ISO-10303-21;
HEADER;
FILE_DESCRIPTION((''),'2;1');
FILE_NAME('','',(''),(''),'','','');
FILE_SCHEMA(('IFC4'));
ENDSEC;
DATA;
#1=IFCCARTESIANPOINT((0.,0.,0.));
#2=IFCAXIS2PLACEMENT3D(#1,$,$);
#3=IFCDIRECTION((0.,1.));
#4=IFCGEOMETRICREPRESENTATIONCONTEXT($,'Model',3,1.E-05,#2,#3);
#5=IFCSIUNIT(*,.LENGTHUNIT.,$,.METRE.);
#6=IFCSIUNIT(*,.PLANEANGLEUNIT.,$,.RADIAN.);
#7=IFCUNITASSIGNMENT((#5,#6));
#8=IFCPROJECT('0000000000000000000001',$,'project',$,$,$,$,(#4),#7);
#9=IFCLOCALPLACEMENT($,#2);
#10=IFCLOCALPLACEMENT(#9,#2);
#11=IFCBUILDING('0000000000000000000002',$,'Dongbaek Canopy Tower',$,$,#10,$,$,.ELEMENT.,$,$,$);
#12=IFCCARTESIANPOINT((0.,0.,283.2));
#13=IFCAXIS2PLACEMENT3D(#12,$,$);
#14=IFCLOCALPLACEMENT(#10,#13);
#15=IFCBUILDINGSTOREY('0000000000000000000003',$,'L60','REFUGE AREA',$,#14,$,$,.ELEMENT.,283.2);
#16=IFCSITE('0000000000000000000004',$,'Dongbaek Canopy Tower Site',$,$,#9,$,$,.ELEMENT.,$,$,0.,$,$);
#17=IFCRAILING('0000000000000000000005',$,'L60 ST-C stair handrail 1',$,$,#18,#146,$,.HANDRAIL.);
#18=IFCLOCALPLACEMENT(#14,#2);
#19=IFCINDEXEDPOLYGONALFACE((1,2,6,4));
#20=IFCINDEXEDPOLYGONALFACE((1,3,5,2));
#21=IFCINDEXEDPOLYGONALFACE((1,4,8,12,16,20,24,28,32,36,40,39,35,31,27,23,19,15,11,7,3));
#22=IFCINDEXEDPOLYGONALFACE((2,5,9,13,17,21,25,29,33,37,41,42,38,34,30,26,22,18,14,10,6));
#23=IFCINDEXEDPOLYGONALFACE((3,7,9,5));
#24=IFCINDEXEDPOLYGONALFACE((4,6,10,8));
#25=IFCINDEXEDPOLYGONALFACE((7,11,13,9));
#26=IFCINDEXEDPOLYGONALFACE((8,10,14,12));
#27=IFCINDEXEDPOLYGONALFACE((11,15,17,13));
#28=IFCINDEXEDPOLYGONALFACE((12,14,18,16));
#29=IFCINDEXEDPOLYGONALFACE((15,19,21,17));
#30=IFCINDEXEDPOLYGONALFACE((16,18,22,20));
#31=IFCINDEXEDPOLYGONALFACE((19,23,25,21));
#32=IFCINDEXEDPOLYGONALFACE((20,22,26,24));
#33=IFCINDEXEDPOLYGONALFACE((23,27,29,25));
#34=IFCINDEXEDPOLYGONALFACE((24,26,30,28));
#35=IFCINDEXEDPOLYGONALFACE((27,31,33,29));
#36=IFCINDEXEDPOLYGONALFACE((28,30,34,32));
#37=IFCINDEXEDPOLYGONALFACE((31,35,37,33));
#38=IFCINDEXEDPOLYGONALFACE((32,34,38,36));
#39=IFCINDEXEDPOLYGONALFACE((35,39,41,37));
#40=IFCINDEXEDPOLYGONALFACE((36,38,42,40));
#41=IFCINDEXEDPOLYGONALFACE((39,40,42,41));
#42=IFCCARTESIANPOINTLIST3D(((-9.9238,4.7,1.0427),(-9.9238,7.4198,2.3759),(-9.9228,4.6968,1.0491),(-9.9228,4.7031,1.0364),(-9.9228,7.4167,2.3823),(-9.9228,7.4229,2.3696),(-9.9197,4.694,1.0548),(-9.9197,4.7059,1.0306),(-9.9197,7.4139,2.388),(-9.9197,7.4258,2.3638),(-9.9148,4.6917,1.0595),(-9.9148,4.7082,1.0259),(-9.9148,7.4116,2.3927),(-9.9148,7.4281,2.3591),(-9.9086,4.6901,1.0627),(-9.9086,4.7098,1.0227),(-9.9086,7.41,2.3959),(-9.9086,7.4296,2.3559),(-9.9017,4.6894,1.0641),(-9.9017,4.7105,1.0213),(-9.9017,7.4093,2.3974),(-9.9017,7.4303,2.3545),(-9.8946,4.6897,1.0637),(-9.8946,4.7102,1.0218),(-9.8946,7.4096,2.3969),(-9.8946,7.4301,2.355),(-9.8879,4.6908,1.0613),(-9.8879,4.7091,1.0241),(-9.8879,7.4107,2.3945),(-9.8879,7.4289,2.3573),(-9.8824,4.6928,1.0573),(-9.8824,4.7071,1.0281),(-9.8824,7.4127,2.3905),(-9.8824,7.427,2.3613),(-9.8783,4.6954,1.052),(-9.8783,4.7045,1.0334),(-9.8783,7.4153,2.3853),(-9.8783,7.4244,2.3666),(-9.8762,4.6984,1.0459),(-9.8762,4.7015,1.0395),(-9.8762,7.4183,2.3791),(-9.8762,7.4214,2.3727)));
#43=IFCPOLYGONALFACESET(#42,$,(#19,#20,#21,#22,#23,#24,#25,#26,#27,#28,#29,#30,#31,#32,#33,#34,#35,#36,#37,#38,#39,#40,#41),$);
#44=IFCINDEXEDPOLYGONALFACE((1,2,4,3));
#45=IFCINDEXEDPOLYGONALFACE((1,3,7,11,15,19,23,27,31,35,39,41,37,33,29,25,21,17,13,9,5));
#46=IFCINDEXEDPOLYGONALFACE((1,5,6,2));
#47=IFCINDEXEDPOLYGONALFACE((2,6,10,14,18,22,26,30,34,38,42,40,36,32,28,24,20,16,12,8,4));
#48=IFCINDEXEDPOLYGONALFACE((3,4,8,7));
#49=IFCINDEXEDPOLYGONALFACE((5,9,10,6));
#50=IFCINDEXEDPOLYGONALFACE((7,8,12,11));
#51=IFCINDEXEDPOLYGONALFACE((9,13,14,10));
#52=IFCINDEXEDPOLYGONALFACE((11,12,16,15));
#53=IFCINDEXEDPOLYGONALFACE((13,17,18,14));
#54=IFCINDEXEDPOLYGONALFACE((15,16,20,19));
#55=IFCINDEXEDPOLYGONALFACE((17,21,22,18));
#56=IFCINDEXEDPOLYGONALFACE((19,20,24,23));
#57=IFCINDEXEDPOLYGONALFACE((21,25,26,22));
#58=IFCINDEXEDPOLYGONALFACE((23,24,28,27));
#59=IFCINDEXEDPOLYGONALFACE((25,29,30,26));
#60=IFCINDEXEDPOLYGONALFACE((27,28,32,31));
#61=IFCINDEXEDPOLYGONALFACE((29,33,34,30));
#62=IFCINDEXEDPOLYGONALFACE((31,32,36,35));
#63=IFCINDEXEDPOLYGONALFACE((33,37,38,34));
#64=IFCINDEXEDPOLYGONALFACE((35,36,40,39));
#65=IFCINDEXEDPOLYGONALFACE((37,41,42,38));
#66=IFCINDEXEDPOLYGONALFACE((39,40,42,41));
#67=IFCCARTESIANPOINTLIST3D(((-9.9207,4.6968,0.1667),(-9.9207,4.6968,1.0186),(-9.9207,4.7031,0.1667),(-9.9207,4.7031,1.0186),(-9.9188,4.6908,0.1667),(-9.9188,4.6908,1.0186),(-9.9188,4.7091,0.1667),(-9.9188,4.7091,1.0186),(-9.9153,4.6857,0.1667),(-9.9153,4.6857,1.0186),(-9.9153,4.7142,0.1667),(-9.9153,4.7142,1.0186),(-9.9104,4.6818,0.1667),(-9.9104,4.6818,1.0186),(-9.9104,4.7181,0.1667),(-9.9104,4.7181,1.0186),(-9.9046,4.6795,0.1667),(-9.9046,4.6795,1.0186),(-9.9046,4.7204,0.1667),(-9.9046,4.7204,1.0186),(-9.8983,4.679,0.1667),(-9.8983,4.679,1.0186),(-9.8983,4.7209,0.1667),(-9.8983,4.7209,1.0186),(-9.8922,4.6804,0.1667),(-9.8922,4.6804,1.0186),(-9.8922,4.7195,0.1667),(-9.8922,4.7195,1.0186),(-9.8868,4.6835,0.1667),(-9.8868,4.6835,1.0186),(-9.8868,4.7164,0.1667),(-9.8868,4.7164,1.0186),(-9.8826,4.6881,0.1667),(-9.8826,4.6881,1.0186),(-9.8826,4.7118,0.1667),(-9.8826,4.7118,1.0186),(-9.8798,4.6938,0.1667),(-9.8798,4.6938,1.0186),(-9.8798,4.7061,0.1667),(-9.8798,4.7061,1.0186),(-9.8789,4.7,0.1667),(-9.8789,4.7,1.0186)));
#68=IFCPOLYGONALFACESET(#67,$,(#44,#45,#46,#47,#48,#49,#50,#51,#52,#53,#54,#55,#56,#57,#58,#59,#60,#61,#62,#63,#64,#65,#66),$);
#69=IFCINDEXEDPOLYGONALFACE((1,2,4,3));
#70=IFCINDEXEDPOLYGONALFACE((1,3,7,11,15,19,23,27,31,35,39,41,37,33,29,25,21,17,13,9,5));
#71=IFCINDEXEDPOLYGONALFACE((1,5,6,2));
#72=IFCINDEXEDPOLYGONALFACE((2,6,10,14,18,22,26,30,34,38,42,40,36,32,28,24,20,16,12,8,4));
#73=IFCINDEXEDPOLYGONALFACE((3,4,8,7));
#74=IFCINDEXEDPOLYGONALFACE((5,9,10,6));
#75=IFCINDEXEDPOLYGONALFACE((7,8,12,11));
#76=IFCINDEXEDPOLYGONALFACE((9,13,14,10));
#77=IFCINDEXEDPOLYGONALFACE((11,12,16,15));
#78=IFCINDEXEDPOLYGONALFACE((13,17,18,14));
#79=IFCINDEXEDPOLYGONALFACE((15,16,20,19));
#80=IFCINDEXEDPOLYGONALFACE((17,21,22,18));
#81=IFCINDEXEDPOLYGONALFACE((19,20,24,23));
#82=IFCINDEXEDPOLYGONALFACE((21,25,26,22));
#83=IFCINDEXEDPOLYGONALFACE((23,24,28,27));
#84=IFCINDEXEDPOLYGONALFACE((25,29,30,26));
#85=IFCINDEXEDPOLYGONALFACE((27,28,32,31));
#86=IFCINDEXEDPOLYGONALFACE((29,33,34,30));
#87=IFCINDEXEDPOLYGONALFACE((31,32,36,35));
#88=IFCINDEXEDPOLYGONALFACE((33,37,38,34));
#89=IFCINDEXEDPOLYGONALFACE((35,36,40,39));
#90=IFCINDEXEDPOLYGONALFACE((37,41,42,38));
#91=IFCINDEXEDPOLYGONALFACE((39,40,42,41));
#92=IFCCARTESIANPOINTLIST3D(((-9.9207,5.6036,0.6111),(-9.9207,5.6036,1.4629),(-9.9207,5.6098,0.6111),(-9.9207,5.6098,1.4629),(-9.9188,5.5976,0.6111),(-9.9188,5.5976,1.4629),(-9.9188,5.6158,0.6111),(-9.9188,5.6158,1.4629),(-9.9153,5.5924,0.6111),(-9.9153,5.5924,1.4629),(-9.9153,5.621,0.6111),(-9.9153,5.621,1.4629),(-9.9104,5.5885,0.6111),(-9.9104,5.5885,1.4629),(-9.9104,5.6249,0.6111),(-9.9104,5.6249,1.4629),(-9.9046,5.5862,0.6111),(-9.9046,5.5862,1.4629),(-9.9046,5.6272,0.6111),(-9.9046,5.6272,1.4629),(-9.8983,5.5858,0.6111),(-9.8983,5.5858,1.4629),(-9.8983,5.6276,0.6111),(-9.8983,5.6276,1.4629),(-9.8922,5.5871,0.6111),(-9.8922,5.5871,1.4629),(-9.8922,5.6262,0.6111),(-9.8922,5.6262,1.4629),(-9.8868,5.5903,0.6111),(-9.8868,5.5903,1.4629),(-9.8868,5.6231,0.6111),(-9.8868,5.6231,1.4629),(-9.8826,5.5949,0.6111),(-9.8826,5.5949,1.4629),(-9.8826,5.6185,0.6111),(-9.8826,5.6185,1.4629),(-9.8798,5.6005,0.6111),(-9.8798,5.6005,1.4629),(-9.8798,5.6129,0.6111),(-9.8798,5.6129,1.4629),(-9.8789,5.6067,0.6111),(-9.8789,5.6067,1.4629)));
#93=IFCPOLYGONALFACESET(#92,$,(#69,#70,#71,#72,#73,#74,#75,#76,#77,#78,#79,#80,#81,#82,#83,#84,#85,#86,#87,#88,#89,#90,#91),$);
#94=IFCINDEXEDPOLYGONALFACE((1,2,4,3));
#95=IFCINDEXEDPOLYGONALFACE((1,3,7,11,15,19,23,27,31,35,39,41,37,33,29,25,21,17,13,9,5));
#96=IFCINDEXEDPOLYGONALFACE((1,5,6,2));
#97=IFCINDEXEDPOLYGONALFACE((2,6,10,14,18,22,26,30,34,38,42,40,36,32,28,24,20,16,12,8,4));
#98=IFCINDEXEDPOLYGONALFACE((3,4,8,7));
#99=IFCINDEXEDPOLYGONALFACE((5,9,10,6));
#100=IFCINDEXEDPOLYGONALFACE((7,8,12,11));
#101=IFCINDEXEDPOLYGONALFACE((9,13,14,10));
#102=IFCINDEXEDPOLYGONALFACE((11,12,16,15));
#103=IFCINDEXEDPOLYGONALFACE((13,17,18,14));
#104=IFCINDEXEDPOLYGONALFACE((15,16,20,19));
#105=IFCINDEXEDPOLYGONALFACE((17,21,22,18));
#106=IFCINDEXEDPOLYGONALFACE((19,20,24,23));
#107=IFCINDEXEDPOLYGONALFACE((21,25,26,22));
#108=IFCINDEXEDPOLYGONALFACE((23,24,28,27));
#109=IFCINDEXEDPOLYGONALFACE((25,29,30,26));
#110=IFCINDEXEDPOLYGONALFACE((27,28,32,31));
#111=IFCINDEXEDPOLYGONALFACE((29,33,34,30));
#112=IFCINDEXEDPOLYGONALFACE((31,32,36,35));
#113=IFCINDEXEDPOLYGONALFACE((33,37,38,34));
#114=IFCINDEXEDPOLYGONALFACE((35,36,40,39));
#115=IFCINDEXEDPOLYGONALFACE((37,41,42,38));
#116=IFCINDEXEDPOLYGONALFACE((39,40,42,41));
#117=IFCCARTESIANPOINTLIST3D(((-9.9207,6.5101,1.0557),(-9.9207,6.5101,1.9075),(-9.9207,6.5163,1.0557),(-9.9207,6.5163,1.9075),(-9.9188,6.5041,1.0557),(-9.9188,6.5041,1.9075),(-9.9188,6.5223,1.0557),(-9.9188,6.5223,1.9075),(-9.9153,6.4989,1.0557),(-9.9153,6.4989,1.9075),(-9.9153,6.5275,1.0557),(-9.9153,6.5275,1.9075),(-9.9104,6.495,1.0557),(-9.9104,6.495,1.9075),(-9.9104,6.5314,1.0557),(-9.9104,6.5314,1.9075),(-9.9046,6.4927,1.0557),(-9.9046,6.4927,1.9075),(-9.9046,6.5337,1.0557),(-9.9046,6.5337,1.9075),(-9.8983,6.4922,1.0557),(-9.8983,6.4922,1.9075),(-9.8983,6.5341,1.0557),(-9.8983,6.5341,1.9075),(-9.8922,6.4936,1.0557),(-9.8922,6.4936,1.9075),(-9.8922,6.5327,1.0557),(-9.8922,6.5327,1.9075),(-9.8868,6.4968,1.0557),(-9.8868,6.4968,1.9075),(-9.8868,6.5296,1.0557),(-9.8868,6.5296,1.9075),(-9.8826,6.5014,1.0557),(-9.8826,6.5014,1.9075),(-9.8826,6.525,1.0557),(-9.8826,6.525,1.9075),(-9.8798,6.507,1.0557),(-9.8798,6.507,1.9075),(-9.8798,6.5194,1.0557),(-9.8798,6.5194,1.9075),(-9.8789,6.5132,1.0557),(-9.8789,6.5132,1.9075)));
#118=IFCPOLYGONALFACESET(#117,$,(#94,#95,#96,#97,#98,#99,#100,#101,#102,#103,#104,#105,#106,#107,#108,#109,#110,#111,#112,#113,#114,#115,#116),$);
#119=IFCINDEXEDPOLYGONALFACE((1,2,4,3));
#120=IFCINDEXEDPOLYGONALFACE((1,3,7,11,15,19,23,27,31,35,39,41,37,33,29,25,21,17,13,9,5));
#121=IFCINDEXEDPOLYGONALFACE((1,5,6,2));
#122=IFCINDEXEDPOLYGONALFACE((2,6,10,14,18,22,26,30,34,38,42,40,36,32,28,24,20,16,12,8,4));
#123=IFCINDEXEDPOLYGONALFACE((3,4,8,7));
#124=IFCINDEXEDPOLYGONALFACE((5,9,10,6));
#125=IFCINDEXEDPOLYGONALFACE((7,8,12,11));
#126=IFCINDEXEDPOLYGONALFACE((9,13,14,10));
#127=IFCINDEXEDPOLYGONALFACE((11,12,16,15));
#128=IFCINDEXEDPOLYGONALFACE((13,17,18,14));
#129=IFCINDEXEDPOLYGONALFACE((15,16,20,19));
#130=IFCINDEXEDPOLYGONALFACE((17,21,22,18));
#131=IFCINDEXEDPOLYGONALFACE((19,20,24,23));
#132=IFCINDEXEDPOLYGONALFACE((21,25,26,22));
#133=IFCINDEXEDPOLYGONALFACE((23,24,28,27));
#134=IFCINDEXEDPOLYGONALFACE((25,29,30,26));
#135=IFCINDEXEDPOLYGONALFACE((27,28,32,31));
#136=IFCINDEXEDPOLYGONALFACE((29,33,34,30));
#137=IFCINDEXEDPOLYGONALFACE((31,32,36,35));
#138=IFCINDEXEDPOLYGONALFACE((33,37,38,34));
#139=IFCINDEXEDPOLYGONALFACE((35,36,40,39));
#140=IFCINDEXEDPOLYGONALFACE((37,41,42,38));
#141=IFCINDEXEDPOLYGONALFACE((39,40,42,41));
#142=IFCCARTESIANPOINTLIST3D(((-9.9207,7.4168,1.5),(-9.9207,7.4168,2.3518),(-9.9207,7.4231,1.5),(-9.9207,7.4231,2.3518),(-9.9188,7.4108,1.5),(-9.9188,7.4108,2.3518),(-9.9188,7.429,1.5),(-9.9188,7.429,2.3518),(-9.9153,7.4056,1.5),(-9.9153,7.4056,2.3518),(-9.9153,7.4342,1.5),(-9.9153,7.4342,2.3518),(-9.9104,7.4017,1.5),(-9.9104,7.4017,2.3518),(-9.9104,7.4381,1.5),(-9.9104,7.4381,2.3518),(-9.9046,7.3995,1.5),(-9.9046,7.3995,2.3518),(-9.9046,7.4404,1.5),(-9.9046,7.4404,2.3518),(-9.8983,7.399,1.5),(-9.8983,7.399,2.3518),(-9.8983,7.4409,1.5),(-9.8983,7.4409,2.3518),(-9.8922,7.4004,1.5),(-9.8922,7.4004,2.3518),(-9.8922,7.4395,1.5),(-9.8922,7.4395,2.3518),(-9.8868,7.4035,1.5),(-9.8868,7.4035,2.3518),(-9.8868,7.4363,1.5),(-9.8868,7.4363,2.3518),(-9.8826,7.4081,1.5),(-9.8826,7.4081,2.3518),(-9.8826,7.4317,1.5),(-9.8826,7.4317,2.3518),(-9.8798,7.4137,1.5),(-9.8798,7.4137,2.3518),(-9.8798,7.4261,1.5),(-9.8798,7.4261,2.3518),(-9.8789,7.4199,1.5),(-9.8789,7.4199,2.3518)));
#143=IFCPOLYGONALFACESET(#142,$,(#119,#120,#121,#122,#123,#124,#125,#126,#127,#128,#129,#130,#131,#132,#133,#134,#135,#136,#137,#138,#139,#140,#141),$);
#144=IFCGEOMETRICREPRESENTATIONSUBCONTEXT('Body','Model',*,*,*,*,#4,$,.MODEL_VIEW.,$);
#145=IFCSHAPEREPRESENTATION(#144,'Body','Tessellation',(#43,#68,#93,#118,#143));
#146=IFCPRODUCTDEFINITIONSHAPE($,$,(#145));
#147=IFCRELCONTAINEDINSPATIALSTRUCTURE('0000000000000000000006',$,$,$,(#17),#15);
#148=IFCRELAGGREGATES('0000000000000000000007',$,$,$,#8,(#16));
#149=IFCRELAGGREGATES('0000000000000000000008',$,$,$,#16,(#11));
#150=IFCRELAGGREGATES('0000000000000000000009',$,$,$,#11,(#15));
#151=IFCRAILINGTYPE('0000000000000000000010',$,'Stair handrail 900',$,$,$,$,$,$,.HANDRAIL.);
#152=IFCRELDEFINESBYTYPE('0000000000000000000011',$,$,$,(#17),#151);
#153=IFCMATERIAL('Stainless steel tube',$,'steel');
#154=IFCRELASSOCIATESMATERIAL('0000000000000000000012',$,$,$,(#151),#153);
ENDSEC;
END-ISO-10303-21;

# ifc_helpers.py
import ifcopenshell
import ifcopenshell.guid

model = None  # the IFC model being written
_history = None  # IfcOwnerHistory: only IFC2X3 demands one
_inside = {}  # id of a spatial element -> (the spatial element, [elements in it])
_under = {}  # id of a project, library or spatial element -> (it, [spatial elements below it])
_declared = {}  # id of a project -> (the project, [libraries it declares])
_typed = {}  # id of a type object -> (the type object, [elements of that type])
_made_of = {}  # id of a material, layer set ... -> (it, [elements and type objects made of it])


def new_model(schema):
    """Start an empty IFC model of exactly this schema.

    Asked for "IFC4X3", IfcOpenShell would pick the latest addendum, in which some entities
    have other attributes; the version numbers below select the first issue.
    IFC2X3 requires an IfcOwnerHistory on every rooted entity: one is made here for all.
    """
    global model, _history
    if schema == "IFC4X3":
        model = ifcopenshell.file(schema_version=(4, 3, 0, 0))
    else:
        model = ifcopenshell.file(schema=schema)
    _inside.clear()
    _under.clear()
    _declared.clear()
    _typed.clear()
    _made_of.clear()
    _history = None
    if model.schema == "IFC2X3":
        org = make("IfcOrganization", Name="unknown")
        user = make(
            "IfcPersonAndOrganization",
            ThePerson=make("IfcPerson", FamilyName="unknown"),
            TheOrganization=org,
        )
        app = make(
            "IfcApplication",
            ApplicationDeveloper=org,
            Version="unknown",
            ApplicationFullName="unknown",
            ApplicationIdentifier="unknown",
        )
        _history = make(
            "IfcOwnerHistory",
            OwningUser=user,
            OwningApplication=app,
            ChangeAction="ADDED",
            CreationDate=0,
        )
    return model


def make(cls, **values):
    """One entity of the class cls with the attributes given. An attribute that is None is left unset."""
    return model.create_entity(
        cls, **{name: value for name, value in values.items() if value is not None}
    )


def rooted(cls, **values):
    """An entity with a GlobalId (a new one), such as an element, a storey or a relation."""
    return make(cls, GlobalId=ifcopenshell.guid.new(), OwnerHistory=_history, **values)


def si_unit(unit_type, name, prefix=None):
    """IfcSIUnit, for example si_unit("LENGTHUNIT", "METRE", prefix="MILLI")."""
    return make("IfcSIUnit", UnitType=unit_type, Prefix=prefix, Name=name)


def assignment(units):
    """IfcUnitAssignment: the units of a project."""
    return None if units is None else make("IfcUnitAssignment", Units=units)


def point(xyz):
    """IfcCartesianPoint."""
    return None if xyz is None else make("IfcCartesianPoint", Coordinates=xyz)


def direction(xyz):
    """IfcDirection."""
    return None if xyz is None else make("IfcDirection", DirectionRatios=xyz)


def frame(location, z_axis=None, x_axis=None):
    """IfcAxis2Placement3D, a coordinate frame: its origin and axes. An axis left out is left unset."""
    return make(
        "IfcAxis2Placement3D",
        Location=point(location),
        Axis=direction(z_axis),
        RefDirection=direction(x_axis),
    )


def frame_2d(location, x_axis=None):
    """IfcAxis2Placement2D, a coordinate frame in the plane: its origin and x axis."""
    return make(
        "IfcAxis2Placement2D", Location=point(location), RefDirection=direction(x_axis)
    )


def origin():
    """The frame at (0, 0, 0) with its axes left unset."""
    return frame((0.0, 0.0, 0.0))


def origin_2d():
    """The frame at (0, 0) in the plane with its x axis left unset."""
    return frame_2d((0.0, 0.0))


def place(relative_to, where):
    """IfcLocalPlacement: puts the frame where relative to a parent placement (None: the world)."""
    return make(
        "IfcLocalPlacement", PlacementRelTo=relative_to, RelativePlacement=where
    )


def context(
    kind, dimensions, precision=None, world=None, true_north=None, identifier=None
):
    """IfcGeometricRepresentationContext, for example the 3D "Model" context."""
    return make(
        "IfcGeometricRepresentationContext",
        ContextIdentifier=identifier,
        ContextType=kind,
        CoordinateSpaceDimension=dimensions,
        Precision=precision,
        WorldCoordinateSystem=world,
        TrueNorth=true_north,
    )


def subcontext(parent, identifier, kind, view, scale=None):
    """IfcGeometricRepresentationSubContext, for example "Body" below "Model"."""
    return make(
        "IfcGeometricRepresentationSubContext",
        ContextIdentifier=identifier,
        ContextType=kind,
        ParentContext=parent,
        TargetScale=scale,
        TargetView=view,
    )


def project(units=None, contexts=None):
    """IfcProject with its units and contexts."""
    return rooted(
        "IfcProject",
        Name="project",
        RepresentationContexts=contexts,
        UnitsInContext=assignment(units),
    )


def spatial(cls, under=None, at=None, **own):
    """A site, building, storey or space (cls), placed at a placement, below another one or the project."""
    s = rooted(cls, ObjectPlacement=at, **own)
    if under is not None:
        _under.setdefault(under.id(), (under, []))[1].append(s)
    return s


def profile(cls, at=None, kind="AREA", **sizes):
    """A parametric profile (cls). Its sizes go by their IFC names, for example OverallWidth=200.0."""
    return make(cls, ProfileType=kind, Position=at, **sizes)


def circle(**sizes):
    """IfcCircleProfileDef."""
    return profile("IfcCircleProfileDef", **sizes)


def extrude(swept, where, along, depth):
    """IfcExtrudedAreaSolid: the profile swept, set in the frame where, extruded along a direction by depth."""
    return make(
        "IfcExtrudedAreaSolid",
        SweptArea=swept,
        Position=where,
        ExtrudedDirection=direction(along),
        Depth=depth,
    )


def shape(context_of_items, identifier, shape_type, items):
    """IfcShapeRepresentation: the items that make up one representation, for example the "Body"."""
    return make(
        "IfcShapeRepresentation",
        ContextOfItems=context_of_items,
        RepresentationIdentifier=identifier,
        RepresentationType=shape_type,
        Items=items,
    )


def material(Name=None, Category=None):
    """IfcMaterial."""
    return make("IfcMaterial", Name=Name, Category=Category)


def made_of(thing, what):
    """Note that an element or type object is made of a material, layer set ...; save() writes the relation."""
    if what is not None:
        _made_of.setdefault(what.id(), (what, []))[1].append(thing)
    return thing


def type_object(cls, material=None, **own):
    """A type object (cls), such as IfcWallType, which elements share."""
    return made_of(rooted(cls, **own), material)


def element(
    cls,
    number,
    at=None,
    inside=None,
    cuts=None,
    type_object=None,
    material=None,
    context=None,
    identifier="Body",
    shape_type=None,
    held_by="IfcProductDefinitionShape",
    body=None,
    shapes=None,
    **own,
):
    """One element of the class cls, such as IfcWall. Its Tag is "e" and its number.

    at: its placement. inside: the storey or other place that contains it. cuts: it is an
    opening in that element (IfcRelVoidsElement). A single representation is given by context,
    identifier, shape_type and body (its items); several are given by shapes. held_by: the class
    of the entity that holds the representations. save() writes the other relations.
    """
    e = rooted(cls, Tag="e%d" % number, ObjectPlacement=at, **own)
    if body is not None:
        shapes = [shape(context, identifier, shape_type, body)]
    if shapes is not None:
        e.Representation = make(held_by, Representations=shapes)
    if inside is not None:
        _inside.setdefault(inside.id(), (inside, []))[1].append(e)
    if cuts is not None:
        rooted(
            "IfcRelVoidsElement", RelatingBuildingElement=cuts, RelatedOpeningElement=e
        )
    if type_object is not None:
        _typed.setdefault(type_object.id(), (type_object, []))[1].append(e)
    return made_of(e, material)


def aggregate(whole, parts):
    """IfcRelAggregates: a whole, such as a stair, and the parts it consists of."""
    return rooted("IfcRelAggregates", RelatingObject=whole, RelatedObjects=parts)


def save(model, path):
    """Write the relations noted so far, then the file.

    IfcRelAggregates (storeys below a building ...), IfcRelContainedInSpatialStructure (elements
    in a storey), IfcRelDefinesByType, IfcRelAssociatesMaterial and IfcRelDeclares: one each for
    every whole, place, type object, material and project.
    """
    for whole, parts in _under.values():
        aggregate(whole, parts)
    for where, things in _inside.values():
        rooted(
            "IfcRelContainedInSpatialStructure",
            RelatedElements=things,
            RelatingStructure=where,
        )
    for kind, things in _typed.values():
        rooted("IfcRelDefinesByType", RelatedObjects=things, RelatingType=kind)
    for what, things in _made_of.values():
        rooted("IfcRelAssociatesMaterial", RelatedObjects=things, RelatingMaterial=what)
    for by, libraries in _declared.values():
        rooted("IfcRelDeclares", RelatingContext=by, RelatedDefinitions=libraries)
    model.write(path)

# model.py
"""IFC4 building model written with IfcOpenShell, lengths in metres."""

from ifc_helpers import new_model, si_unit, direction, frame, origin, origin_2d, place, context, subcontext, project, spatial, circle, extrude, material, type_object, element, save


model = new_model("IFC4")

# Units and contexts
model_context = context("Model", 3, precision=1e-05, world=origin(), true_north=direction((0.0, 1.0)))
body_context = subcontext(model_context, "Body", "Model", "MODEL_VIEW")
ifc_project = project(units=[si_unit("LENGTHUNIT", "METRE"), si_unit("PLANEANGLEUNIT", "RADIAN")], contexts=[model_context])

# Site, building, storey
site_placement = place(None, origin())
site = spatial("IfcSite", under=ifc_project, at=site_placement, Name="Dongbaek Canopy Tower Site", CompositionType="ELEMENT", RefElevation=0.0)
building_placement = place(site_placement, origin())
building = spatial("IfcBuilding", under=site, at=building_placement, Name="Dongbaek Canopy Tower", CompositionType="ELEMENT")
storey_placement = place(building_placement, frame((0.0, 0.0, 283.2)))
storey = spatial("IfcBuildingStorey", under=building, at=storey_placement, Name="L60", Description="REFUGE AREA", CompositionType="ELEMENT", Elevation=283.2)

# Railing
ifc_material_1 = material(Name="Stainless steel tube", Category="steel")
railing_type_1 = type_object("IfcRailingType", Name="Stair handrail 900", PredefinedType="HANDRAIL", material=ifc_material_1)
railing_1_placement = place(storey_placement, frame((-9.8999, 4.7, 0.1667)))
element("IfcRailing", 1, at=railing_1_placement, inside=storey, type_object=railing_type_1, Name="L60 ST-C stair handrail 1", PredefinedType="HANDRAIL", context=body_context, shape_type="SweptSolid", body=[
    extrude(circle(Radius=0.0239, at=origin_2d()), frame((0.0, 0.0, 0.876), z_axis=(0.0, 0.897929, 0.440139), x_axis=(-1.0, 0.0, 0.0)), (0.0, 0.0, 1.0), 3.0291),
    extrude(circle(Radius=0.021, at=origin_2d()), origin(), (0.0, 0.0, 1.0), 0.8518),
    extrude(circle(Radius=0.021, at=origin_2d()), frame((0.0, 0.9067, 0.4443)), (0.0, 0.0, 1.0), 0.8518),
    extrude(circle(Radius=0.021, at=origin_2d()), frame((0.0, 1.8132, 0.8889)), (0.0, 0.0, 1.0), 0.8518),
    extrude(circle(Radius=0.021, at=origin_2d()), frame((0.0, 2.72, 1.3333)), (0.0, 0.0, 1.0), 0.8518),
])

save(model, "model.ifc")
